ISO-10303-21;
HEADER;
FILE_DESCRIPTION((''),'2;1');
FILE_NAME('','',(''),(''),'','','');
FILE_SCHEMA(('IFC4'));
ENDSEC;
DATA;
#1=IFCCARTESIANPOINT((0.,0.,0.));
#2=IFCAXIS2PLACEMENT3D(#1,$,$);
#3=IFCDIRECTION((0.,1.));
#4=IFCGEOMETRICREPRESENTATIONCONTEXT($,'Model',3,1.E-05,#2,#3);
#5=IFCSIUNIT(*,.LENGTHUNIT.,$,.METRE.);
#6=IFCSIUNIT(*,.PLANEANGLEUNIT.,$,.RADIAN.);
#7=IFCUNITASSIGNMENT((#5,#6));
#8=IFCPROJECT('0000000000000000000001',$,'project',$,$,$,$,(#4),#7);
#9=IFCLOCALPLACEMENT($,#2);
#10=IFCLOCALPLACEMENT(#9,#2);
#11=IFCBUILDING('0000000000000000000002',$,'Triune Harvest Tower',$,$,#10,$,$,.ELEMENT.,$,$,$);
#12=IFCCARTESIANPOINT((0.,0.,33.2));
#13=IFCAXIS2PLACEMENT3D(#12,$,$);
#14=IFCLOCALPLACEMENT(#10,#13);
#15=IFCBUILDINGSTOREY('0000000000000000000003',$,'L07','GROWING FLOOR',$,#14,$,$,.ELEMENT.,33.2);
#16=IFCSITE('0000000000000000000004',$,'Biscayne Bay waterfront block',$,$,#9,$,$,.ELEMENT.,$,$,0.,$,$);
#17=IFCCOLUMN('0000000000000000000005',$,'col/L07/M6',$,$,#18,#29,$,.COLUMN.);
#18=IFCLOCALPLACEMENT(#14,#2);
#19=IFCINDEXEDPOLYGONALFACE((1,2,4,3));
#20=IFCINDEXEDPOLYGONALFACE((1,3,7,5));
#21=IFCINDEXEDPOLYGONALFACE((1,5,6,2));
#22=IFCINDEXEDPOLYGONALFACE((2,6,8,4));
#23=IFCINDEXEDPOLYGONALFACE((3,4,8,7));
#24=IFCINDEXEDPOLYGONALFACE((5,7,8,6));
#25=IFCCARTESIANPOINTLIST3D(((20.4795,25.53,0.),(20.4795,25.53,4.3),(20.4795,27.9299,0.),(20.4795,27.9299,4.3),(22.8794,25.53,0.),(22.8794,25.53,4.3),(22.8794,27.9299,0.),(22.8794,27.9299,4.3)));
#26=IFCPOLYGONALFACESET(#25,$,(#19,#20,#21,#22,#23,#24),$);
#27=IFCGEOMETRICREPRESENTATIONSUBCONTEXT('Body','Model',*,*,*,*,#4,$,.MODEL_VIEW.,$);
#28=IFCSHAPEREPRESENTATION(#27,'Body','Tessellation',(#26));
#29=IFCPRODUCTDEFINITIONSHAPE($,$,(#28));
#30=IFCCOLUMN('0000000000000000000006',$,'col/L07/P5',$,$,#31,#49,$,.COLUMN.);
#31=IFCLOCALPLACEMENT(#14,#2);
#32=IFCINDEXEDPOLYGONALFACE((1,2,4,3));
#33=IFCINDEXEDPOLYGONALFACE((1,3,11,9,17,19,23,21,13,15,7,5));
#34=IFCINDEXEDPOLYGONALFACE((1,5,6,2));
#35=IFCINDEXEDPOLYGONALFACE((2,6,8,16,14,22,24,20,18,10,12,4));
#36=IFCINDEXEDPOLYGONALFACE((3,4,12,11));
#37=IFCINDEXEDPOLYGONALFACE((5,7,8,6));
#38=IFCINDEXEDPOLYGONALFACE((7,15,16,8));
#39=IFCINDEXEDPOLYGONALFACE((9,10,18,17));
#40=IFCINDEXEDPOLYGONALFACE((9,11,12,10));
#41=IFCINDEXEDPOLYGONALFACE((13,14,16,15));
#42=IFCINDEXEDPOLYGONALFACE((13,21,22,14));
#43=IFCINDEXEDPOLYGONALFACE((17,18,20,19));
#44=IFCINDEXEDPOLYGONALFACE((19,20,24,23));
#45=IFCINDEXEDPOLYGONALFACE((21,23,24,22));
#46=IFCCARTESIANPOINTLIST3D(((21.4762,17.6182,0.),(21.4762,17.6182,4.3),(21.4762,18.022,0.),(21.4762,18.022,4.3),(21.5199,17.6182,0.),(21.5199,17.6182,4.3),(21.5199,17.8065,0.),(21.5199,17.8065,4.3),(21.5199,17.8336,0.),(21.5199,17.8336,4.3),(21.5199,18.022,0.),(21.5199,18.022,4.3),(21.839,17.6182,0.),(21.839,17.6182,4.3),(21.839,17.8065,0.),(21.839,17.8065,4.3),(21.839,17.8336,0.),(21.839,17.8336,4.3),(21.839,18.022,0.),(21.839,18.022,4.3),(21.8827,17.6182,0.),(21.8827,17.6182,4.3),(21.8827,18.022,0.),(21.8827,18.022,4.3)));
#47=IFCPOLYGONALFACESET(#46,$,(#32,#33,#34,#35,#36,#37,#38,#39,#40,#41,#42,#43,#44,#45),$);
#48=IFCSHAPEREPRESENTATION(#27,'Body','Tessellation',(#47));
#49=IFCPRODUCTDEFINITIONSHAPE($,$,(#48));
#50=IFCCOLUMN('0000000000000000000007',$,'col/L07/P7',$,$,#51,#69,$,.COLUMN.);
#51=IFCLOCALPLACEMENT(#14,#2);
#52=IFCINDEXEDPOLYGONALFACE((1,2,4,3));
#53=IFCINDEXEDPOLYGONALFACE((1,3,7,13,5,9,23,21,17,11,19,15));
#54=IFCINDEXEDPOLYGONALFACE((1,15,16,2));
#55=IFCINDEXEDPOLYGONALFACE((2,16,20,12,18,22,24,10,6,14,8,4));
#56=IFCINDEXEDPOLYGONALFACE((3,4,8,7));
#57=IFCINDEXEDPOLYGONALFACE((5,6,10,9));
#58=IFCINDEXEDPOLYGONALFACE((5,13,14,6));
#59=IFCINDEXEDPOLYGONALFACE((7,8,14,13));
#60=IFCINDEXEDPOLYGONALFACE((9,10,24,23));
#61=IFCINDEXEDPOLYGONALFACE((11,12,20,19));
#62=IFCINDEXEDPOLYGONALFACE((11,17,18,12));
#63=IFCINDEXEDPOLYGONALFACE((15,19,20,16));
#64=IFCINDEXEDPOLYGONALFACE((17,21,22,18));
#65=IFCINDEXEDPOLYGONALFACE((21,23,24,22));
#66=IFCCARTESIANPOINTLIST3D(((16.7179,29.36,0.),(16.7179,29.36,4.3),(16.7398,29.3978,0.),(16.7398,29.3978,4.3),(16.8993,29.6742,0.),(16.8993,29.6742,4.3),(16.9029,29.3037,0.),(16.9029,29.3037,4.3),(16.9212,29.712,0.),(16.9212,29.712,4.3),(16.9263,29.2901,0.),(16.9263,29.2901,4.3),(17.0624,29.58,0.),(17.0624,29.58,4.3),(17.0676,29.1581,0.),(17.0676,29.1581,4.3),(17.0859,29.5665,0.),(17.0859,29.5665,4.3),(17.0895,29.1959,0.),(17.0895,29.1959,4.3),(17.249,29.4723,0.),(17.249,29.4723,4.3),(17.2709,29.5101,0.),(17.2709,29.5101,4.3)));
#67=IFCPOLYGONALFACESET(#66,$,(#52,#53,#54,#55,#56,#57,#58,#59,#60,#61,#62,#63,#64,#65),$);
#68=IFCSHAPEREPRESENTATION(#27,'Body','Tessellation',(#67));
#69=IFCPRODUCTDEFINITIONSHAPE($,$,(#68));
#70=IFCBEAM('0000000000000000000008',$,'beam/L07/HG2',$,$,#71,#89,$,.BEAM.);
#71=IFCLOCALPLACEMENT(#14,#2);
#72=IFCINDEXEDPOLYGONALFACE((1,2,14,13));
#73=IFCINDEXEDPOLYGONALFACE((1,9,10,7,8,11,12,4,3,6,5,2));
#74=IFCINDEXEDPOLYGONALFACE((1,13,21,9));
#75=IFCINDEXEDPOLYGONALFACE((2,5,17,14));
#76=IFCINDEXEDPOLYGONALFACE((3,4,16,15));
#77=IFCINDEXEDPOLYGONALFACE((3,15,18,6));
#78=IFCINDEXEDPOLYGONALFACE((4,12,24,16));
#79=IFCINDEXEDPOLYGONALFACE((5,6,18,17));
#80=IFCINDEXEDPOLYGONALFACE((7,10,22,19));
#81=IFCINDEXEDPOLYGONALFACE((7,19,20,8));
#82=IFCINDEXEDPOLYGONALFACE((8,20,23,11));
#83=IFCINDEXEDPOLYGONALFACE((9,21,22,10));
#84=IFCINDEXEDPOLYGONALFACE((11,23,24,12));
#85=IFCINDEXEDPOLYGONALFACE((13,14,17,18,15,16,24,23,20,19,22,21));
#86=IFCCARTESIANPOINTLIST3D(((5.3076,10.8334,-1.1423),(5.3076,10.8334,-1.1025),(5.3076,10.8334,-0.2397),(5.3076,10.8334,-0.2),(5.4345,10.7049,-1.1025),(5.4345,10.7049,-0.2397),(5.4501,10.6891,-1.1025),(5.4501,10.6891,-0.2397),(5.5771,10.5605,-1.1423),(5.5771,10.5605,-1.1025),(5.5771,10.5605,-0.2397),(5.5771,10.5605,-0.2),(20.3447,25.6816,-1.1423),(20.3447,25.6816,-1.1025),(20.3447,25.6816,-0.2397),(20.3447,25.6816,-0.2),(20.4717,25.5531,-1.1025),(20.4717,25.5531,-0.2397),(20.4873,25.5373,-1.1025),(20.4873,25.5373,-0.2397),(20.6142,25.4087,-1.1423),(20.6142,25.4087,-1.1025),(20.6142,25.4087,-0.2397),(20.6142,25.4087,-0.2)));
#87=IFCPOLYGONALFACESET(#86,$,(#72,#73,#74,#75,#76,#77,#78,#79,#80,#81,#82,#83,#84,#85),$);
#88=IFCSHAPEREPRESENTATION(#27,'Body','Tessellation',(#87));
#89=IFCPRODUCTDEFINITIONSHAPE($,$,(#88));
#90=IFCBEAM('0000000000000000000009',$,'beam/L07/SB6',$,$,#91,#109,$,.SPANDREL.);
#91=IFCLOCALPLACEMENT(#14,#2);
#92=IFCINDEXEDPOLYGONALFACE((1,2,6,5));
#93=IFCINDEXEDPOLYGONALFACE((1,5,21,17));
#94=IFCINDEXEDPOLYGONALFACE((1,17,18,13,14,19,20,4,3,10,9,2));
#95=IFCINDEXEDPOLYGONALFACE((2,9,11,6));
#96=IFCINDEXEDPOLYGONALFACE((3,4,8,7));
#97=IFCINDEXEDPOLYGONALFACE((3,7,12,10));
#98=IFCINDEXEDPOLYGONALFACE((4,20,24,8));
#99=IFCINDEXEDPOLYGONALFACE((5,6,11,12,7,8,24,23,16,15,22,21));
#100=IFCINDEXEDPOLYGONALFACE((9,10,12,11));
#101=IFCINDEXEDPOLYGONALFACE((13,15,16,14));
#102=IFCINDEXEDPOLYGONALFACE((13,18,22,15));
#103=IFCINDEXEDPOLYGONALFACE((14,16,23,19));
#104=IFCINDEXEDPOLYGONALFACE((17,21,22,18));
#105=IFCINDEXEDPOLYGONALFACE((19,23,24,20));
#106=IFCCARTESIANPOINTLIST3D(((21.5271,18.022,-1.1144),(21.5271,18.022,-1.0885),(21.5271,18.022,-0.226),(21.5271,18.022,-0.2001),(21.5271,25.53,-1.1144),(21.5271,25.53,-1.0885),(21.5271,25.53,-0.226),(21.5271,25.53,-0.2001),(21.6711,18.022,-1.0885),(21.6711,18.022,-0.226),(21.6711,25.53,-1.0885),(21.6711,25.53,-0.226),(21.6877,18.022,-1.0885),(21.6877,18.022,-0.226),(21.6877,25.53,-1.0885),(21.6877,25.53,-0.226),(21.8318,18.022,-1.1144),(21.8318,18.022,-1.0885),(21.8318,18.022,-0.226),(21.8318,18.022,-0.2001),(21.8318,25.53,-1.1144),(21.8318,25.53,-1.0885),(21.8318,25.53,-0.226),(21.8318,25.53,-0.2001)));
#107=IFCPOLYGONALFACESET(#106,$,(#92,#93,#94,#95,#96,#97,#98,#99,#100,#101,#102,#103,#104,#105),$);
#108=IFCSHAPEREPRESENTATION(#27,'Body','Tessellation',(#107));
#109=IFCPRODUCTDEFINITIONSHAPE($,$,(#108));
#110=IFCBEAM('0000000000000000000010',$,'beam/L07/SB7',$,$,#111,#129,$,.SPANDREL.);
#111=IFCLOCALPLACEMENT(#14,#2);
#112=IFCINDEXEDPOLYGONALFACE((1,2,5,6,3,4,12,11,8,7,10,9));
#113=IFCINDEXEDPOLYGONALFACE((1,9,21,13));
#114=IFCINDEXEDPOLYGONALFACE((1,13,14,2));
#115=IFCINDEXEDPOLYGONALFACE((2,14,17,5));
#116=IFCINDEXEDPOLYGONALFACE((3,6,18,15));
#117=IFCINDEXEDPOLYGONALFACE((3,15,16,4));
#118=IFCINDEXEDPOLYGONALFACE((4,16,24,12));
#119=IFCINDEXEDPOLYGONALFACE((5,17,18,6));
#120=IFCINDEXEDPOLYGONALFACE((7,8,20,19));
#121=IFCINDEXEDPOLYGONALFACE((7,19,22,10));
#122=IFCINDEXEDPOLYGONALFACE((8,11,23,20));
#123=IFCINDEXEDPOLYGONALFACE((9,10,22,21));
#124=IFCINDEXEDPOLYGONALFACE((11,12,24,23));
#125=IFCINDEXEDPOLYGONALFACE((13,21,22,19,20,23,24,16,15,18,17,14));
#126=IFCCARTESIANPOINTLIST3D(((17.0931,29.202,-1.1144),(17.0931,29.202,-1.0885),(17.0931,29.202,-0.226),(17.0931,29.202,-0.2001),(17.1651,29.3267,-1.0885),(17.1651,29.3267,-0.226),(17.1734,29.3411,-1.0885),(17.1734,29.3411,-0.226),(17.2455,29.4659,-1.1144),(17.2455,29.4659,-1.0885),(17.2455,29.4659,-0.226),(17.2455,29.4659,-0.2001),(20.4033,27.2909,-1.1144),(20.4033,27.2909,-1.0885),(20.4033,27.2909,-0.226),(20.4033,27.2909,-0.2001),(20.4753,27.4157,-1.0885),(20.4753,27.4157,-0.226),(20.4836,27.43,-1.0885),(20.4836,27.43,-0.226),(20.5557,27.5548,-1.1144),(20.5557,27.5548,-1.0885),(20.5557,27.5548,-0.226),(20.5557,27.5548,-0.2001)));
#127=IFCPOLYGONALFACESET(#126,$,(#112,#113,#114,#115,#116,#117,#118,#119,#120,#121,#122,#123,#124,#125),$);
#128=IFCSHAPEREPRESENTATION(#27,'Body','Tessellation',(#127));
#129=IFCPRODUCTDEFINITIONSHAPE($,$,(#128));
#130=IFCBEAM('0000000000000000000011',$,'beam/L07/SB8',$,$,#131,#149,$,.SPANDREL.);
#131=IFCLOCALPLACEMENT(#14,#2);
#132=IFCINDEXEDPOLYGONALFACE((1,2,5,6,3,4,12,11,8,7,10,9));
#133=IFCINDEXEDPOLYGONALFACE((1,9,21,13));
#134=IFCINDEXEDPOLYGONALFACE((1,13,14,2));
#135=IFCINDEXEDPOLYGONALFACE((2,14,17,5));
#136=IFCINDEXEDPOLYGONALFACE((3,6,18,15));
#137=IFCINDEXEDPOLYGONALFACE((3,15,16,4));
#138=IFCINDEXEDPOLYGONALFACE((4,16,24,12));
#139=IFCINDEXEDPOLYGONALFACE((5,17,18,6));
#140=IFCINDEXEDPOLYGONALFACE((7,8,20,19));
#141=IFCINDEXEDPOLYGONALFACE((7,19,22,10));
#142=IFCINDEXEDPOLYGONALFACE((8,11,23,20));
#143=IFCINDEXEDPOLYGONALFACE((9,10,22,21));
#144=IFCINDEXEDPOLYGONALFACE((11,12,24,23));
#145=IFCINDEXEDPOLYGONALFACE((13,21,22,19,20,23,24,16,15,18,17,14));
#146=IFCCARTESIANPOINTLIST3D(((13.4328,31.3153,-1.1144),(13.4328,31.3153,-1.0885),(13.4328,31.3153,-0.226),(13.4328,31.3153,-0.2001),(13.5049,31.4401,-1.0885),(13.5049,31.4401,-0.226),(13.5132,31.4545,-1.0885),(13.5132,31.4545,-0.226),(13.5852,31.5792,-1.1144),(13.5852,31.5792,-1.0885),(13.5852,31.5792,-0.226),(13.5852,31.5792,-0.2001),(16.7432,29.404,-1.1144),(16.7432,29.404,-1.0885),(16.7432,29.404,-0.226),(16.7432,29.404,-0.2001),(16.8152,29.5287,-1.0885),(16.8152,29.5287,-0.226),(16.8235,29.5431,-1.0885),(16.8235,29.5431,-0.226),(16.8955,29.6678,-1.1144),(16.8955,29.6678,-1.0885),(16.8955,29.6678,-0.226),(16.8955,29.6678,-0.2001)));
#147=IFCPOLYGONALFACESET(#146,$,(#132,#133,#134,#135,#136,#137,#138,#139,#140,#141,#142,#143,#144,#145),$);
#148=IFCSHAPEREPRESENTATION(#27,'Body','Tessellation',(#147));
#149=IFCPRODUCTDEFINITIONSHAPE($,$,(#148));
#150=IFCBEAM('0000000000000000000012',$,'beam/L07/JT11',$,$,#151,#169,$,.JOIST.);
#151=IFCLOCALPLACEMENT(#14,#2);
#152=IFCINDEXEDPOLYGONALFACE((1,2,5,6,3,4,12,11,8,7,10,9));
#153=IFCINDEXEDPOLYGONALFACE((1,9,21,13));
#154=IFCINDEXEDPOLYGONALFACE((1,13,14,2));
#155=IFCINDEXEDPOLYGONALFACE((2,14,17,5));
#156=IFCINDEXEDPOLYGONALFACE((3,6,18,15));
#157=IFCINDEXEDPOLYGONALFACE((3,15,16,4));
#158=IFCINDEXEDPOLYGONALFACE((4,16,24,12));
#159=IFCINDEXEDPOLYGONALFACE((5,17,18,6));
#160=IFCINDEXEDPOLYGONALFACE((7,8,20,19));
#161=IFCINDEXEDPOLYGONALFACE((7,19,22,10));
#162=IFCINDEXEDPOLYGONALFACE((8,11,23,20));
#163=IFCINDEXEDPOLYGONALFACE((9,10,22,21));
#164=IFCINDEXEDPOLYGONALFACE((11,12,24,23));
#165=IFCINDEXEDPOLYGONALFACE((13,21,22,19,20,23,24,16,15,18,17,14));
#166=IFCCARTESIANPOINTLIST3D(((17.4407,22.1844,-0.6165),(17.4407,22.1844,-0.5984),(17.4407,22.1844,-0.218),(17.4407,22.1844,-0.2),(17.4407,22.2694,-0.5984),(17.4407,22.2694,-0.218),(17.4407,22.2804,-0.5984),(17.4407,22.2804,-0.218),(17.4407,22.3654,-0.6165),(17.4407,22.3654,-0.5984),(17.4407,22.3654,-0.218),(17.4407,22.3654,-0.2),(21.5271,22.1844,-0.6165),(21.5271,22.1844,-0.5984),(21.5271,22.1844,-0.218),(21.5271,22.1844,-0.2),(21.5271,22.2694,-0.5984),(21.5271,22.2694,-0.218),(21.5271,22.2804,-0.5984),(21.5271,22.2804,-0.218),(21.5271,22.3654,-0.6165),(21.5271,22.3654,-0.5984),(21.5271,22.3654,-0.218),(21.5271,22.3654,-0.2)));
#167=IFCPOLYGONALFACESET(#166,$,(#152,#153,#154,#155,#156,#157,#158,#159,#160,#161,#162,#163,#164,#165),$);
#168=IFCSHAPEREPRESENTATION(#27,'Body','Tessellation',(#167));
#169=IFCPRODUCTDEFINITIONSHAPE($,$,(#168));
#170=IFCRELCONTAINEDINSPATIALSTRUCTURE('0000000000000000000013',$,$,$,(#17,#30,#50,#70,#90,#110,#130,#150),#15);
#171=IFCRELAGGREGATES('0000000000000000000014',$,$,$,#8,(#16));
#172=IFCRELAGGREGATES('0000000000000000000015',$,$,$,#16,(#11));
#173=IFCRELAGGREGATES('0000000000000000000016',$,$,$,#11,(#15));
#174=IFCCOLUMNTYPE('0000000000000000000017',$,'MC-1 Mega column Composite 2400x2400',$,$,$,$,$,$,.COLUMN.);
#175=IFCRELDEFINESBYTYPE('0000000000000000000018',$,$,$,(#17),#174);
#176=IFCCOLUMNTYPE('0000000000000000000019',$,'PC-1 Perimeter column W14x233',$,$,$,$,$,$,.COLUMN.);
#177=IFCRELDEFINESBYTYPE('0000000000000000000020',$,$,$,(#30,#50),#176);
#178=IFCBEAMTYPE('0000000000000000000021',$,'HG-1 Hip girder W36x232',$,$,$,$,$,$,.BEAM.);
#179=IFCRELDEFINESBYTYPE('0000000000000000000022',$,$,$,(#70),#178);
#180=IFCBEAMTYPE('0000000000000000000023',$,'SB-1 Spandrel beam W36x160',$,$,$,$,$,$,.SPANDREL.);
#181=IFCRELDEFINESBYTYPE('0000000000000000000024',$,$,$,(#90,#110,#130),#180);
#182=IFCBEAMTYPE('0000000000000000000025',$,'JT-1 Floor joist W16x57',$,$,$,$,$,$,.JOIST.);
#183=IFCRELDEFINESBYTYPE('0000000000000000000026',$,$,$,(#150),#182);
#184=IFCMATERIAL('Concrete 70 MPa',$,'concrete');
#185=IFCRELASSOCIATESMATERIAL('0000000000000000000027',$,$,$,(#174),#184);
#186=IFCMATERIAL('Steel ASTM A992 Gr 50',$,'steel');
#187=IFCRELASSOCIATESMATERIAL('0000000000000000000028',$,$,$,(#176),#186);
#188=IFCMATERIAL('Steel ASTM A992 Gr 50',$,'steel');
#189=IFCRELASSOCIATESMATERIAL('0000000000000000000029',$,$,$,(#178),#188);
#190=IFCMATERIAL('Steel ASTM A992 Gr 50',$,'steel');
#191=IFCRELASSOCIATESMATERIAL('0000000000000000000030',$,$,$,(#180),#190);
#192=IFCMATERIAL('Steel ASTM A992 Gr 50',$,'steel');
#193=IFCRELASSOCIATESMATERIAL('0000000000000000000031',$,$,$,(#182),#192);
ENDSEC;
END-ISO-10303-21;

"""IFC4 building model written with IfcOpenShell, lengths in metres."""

from ifc_helpers import new_model, si_unit, direction, frame, origin, origin_2d, place, context, subcontext, project, spatial, rectangle, i_section, extrude, source, transform, mapped, material, material_profile, profile_set, type_object, element, save


model = new_model("IFC4")

# Units and contexts
model_context = context("Model", 3, precision=1e-05, world=origin(), true_north=direction((0.0, 1.0)))
body_context = subcontext(model_context, "Body", "Model", "MODEL_VIEW")
ifc_project = project(units=[si_unit("LENGTHUNIT", "METRE"), si_unit("PLANEANGLEUNIT", "RADIAN")], contexts=[model_context])

# Site, building, storey
site_placement = place(None, origin())
site = spatial("IfcSite", under=ifc_project, at=site_placement, Name="Biscayne Bay waterfront block", CompositionType="ELEMENT", RefElevation=0.0)
building_placement = place(site_placement, origin())
building = spatial("IfcBuilding", under=site, at=building_placement, Name="Triune Harvest Tower", CompositionType="ELEMENT")
storey_placement = place(building_placement, frame((0.0, 0.0, 33.2)))
storey = spatial("IfcBuildingStorey", under=building, at=storey_placement, Name="L07", Description="GROWING FLOOR", CompositionType="ELEMENT", Elevation=33.2)

# Columns
ifc_material_1 = material(Name="Concrete 70 MPa", Category="concrete")
ifc_material_profile_1 = material_profile(ifc_material_1, rectangle(XDim=2.3999, YDim=2.3999, at=origin_2d()), Name="Composite 2400x2400")
ifc_profile_set_1 = profile_set([ifc_material_profile_1], Name="Concrete 70 MPa")
column_type_1 = type_object("IfcColumnType", Name="MC-1 Mega column Composite 2400x2400", PredefinedType="COLUMN", material=ifc_profile_set_1)
shared_shape_1 = source(origin(), body_context, "Body", "SweptSolid", [
    extrude(rectangle(XDim=2.3999, YDim=2.3999, at=origin_2d()), origin(), (0.0, 0.0, 1.0), 4.3),
])
column_placement = place(storey_placement, frame((21.6794, 26.73, 0.0), z_axis=(0.0, 0.0, 1.0), x_axis=(0.0, 1.0, 0.0)))
element("IfcColumn", 1, at=column_placement, inside=storey, type_object=column_type_1, Name="col/L07/M6", PredefinedType="COLUMN", context=body_context, shape_type="MappedRepresentation", body=[
    mapped(shared_shape_1, transform((0.0, 0.0, 0.0), scale=1.0)),
])
ifc_material_2 = material(Name="Steel ASTM A992 Gr 50", Category="steel")
ifc_material_profile_2 = material_profile(ifc_material_2, i_section(OverallWidth=0.4038, OverallDepth=0.4065, WebThickness=0.0271, FlangeThickness=0.0437, at=origin_2d()), Name="W14x233")
ifc_profile_set_2 = profile_set([ifc_material_profile_2], Name="Steel ASTM A992 Gr 50")
column_type_2 = type_object("IfcColumnType", Name="PC-1 Perimeter column W14x233", PredefinedType="COLUMN", material=ifc_profile_set_2)
shared_shape_2 = source(origin(), body_context, "Body", "SweptSolid", [
    extrude(i_section(OverallWidth=0.4038, OverallDepth=0.4065, WebThickness=0.0271, FlangeThickness=0.0437, at=origin_2d()), origin(), (0.0, 0.0, 1.0), 4.3),
])
for number, where, z_axis, x_axis, name in (
    (2, (21.6794, 17.8201, 0.0), (0.0, 0.0, 1.0), (0.0, 1.0, 0.0), "col/L07/P5"),
    (3, (16.9944, 29.4351, 0.0), (0.0, 0.0, 1.0), (-0.866026, 0.499998, 0.0), "col/L07/P7"),
):
    element("IfcColumn", number, at=place(storey_placement, frame(where, z_axis=z_axis, x_axis=x_axis)), inside=storey, type_object=column_type_2, Name=name, PredefinedType="COLUMN", context=body_context, shape_type="MappedRepresentation", body=[
        mapped(shared_shape_2, transform((0.0, 0.0, 0.0), scale=1.0)),
    ])

# Beams
ifc_material_3 = material(Name="Steel ASTM A992 Gr 50", Category="steel")
ifc_material_profile_3 = material_profile(ifc_material_3, i_section(OverallWidth=0.3835, OverallDepth=0.9424, WebThickness=0.0222, FlangeThickness=0.0398, at=origin_2d()), Name="W36x232")
ifc_profile_set_3 = profile_set([ifc_material_profile_3], Name="Steel ASTM A992 Gr 50")
beam_type_1 = type_object("IfcBeamType", Name="HG-1 Hip girder W36x232", PredefinedType="BEAM", material=ifc_profile_set_3)
shared_shape_3 = source(origin(), body_context, "Body", "SweptSolid", [
    extrude(i_section(OverallWidth=0.3835, OverallDepth=0.9424, WebThickness=0.0222, FlangeThickness=0.0398, at=origin_2d()), origin(), (0.0, 0.0, 1.0), 21.1326),
])
beam_1_placement = place(storey_placement, frame((20.4795, 25.5452, -0.6711), z_axis=(-0.711564, -0.702622, 0.0), x_axis=(0.702622, -0.711564, 0.0)))
element("IfcBeam", 4, at=beam_1_placement, inside=storey, type_object=beam_type_1, Name="beam/L07/HG2", PredefinedType="BEAM", context=body_context, shape_type="MappedRepresentation", body=[
    mapped(shared_shape_3, transform((0.0, 0.0, 0.0), scale=1.0)),
])
ifc_material_4 = material(Name="Steel ASTM A992 Gr 50", Category="steel")
ifc_material_profile_4 = material_profile(ifc_material_4, i_section(OverallWidth=0.3047, OverallDepth=0.9143, WebThickness=0.0166, FlangeThickness=0.0259, at=origin_2d()), Name="W36x160")
ifc_profile_set_4 = profile_set([ifc_material_profile_4], Name="Steel ASTM A992 Gr 50")
beam_type_2 = type_object("IfcBeamType", Name="SB-1 Spandrel beam W36x160", PredefinedType="SPANDREL", material=ifc_profile_set_4)
shared_shape_4 = source(origin(), body_context, "Body", "SweptSolid", [
    extrude(i_section(OverallWidth=0.3047, OverallDepth=0.9143, WebThickness=0.0166, FlangeThickness=0.0259, at=origin_2d()), origin(), (0.0, 0.0, 1.0), 7.5081),
])
beam_2_placement = place(storey_placement, frame((21.6794, 18.022, -0.6572), z_axis=(0.0, 1.0, 0.0), x_axis=(-1.0, 0.0, 0.0)))
element("IfcBeam", 5, at=beam_2_placement, inside=storey, type_object=beam_type_2, Name="beam/L07/SB6", PredefinedType="SPANDREL", context=body_context, shape_type="MappedRepresentation", body=[
    mapped(shared_shape_4, transform((0.0, 0.0, 0.0), scale=1.0)),
])
shared_shape_5 = source(origin(), body_context, "Body", "SweptSolid", [
    extrude(i_section(OverallWidth=0.3047, OverallDepth=0.9143, WebThickness=0.0166, FlangeThickness=0.0259, at=origin_2d()), origin(), (0.0, 0.0, 1.0), 3.8223),
])
beam_3_placement = place(storey_placement, frame((20.4795, 27.4229, -0.6572), z_axis=(-0.866033, 0.499986, 0.0), x_axis=(-0.499986, -0.866033, 0.0)))
element("IfcBeam", 6, at=beam_3_placement, inside=storey, type_object=beam_type_2, Name="beam/L07/SB7", PredefinedType="SPANDREL", context=body_context, shape_type="MappedRepresentation", body=[
    mapped(shared_shape_5, transform((0.0, 0.0, 0.0), scale=1.0)),
])
shared_shape_6 = source(origin(), body_context, "Body", "SweptSolid", [
    extrude(i_section(OverallWidth=0.3047, OverallDepth=0.9143, WebThickness=0.0166, FlangeThickness=0.0259, at=origin_2d()), origin(), (0.0, 0.0, 1.0), 3.8225),
])
beam_4_placement = place(storey_placement, frame((16.8193, 29.5359, -0.6572), z_axis=(-0.866006, 0.500034, 0.0), x_axis=(-0.500034, -0.866006, 0.0)))
element("IfcBeam", 7, at=beam_4_placement, inside=storey, type_object=beam_type_2, Name="beam/L07/SB8", PredefinedType="SPANDREL", context=body_context, shape_type="MappedRepresentation", body=[
    mapped(shared_shape_6, transform((0.0, 0.0, 0.0), scale=1.0)),
])
ifc_material_5 = material(Name="Steel ASTM A992 Gr 50", Category="steel")
ifc_material_profile_5 = material_profile(ifc_material_5, i_section(OverallWidth=0.1809, OverallDepth=0.4165, WebThickness=0.011, FlangeThickness=0.0181, at=origin_2d()), Name="W16x57")
ifc_profile_set_5 = profile_set([ifc_material_profile_5], Name="Steel ASTM A992 Gr 50")
beam_type_3 = type_object("IfcBeamType", Name="JT-1 Floor joist W16x57", PredefinedType="JOIST", material=ifc_profile_set_5)
shared_shape_7 = source(origin(), body_context, "Body", "SweptSolid", [
    extrude(i_section(OverallWidth=0.1809, OverallDepth=0.4165, WebThickness=0.011, FlangeThickness=0.0181, at=origin_2d()), origin(), (0.0, 0.0, 1.0), 4.0864),
])
beam_5_placement = place(storey_placement, frame((21.5271, 22.2749, -0.4082), z_axis=(-1.0, 0.0, 0.0), x_axis=(0.0, -1.0, 0.0)))
element("IfcBeam", 8, at=beam_5_placement, inside=storey, type_object=beam_type_3, Name="beam/L07/JT11", PredefinedType="JOIST", context=body_context, shape_type="MappedRepresentation", body=[
    mapped(shared_shape_7, transform((0.0, 0.0, 0.0), scale=1.0)),
])

save(model, "model.ifc")
